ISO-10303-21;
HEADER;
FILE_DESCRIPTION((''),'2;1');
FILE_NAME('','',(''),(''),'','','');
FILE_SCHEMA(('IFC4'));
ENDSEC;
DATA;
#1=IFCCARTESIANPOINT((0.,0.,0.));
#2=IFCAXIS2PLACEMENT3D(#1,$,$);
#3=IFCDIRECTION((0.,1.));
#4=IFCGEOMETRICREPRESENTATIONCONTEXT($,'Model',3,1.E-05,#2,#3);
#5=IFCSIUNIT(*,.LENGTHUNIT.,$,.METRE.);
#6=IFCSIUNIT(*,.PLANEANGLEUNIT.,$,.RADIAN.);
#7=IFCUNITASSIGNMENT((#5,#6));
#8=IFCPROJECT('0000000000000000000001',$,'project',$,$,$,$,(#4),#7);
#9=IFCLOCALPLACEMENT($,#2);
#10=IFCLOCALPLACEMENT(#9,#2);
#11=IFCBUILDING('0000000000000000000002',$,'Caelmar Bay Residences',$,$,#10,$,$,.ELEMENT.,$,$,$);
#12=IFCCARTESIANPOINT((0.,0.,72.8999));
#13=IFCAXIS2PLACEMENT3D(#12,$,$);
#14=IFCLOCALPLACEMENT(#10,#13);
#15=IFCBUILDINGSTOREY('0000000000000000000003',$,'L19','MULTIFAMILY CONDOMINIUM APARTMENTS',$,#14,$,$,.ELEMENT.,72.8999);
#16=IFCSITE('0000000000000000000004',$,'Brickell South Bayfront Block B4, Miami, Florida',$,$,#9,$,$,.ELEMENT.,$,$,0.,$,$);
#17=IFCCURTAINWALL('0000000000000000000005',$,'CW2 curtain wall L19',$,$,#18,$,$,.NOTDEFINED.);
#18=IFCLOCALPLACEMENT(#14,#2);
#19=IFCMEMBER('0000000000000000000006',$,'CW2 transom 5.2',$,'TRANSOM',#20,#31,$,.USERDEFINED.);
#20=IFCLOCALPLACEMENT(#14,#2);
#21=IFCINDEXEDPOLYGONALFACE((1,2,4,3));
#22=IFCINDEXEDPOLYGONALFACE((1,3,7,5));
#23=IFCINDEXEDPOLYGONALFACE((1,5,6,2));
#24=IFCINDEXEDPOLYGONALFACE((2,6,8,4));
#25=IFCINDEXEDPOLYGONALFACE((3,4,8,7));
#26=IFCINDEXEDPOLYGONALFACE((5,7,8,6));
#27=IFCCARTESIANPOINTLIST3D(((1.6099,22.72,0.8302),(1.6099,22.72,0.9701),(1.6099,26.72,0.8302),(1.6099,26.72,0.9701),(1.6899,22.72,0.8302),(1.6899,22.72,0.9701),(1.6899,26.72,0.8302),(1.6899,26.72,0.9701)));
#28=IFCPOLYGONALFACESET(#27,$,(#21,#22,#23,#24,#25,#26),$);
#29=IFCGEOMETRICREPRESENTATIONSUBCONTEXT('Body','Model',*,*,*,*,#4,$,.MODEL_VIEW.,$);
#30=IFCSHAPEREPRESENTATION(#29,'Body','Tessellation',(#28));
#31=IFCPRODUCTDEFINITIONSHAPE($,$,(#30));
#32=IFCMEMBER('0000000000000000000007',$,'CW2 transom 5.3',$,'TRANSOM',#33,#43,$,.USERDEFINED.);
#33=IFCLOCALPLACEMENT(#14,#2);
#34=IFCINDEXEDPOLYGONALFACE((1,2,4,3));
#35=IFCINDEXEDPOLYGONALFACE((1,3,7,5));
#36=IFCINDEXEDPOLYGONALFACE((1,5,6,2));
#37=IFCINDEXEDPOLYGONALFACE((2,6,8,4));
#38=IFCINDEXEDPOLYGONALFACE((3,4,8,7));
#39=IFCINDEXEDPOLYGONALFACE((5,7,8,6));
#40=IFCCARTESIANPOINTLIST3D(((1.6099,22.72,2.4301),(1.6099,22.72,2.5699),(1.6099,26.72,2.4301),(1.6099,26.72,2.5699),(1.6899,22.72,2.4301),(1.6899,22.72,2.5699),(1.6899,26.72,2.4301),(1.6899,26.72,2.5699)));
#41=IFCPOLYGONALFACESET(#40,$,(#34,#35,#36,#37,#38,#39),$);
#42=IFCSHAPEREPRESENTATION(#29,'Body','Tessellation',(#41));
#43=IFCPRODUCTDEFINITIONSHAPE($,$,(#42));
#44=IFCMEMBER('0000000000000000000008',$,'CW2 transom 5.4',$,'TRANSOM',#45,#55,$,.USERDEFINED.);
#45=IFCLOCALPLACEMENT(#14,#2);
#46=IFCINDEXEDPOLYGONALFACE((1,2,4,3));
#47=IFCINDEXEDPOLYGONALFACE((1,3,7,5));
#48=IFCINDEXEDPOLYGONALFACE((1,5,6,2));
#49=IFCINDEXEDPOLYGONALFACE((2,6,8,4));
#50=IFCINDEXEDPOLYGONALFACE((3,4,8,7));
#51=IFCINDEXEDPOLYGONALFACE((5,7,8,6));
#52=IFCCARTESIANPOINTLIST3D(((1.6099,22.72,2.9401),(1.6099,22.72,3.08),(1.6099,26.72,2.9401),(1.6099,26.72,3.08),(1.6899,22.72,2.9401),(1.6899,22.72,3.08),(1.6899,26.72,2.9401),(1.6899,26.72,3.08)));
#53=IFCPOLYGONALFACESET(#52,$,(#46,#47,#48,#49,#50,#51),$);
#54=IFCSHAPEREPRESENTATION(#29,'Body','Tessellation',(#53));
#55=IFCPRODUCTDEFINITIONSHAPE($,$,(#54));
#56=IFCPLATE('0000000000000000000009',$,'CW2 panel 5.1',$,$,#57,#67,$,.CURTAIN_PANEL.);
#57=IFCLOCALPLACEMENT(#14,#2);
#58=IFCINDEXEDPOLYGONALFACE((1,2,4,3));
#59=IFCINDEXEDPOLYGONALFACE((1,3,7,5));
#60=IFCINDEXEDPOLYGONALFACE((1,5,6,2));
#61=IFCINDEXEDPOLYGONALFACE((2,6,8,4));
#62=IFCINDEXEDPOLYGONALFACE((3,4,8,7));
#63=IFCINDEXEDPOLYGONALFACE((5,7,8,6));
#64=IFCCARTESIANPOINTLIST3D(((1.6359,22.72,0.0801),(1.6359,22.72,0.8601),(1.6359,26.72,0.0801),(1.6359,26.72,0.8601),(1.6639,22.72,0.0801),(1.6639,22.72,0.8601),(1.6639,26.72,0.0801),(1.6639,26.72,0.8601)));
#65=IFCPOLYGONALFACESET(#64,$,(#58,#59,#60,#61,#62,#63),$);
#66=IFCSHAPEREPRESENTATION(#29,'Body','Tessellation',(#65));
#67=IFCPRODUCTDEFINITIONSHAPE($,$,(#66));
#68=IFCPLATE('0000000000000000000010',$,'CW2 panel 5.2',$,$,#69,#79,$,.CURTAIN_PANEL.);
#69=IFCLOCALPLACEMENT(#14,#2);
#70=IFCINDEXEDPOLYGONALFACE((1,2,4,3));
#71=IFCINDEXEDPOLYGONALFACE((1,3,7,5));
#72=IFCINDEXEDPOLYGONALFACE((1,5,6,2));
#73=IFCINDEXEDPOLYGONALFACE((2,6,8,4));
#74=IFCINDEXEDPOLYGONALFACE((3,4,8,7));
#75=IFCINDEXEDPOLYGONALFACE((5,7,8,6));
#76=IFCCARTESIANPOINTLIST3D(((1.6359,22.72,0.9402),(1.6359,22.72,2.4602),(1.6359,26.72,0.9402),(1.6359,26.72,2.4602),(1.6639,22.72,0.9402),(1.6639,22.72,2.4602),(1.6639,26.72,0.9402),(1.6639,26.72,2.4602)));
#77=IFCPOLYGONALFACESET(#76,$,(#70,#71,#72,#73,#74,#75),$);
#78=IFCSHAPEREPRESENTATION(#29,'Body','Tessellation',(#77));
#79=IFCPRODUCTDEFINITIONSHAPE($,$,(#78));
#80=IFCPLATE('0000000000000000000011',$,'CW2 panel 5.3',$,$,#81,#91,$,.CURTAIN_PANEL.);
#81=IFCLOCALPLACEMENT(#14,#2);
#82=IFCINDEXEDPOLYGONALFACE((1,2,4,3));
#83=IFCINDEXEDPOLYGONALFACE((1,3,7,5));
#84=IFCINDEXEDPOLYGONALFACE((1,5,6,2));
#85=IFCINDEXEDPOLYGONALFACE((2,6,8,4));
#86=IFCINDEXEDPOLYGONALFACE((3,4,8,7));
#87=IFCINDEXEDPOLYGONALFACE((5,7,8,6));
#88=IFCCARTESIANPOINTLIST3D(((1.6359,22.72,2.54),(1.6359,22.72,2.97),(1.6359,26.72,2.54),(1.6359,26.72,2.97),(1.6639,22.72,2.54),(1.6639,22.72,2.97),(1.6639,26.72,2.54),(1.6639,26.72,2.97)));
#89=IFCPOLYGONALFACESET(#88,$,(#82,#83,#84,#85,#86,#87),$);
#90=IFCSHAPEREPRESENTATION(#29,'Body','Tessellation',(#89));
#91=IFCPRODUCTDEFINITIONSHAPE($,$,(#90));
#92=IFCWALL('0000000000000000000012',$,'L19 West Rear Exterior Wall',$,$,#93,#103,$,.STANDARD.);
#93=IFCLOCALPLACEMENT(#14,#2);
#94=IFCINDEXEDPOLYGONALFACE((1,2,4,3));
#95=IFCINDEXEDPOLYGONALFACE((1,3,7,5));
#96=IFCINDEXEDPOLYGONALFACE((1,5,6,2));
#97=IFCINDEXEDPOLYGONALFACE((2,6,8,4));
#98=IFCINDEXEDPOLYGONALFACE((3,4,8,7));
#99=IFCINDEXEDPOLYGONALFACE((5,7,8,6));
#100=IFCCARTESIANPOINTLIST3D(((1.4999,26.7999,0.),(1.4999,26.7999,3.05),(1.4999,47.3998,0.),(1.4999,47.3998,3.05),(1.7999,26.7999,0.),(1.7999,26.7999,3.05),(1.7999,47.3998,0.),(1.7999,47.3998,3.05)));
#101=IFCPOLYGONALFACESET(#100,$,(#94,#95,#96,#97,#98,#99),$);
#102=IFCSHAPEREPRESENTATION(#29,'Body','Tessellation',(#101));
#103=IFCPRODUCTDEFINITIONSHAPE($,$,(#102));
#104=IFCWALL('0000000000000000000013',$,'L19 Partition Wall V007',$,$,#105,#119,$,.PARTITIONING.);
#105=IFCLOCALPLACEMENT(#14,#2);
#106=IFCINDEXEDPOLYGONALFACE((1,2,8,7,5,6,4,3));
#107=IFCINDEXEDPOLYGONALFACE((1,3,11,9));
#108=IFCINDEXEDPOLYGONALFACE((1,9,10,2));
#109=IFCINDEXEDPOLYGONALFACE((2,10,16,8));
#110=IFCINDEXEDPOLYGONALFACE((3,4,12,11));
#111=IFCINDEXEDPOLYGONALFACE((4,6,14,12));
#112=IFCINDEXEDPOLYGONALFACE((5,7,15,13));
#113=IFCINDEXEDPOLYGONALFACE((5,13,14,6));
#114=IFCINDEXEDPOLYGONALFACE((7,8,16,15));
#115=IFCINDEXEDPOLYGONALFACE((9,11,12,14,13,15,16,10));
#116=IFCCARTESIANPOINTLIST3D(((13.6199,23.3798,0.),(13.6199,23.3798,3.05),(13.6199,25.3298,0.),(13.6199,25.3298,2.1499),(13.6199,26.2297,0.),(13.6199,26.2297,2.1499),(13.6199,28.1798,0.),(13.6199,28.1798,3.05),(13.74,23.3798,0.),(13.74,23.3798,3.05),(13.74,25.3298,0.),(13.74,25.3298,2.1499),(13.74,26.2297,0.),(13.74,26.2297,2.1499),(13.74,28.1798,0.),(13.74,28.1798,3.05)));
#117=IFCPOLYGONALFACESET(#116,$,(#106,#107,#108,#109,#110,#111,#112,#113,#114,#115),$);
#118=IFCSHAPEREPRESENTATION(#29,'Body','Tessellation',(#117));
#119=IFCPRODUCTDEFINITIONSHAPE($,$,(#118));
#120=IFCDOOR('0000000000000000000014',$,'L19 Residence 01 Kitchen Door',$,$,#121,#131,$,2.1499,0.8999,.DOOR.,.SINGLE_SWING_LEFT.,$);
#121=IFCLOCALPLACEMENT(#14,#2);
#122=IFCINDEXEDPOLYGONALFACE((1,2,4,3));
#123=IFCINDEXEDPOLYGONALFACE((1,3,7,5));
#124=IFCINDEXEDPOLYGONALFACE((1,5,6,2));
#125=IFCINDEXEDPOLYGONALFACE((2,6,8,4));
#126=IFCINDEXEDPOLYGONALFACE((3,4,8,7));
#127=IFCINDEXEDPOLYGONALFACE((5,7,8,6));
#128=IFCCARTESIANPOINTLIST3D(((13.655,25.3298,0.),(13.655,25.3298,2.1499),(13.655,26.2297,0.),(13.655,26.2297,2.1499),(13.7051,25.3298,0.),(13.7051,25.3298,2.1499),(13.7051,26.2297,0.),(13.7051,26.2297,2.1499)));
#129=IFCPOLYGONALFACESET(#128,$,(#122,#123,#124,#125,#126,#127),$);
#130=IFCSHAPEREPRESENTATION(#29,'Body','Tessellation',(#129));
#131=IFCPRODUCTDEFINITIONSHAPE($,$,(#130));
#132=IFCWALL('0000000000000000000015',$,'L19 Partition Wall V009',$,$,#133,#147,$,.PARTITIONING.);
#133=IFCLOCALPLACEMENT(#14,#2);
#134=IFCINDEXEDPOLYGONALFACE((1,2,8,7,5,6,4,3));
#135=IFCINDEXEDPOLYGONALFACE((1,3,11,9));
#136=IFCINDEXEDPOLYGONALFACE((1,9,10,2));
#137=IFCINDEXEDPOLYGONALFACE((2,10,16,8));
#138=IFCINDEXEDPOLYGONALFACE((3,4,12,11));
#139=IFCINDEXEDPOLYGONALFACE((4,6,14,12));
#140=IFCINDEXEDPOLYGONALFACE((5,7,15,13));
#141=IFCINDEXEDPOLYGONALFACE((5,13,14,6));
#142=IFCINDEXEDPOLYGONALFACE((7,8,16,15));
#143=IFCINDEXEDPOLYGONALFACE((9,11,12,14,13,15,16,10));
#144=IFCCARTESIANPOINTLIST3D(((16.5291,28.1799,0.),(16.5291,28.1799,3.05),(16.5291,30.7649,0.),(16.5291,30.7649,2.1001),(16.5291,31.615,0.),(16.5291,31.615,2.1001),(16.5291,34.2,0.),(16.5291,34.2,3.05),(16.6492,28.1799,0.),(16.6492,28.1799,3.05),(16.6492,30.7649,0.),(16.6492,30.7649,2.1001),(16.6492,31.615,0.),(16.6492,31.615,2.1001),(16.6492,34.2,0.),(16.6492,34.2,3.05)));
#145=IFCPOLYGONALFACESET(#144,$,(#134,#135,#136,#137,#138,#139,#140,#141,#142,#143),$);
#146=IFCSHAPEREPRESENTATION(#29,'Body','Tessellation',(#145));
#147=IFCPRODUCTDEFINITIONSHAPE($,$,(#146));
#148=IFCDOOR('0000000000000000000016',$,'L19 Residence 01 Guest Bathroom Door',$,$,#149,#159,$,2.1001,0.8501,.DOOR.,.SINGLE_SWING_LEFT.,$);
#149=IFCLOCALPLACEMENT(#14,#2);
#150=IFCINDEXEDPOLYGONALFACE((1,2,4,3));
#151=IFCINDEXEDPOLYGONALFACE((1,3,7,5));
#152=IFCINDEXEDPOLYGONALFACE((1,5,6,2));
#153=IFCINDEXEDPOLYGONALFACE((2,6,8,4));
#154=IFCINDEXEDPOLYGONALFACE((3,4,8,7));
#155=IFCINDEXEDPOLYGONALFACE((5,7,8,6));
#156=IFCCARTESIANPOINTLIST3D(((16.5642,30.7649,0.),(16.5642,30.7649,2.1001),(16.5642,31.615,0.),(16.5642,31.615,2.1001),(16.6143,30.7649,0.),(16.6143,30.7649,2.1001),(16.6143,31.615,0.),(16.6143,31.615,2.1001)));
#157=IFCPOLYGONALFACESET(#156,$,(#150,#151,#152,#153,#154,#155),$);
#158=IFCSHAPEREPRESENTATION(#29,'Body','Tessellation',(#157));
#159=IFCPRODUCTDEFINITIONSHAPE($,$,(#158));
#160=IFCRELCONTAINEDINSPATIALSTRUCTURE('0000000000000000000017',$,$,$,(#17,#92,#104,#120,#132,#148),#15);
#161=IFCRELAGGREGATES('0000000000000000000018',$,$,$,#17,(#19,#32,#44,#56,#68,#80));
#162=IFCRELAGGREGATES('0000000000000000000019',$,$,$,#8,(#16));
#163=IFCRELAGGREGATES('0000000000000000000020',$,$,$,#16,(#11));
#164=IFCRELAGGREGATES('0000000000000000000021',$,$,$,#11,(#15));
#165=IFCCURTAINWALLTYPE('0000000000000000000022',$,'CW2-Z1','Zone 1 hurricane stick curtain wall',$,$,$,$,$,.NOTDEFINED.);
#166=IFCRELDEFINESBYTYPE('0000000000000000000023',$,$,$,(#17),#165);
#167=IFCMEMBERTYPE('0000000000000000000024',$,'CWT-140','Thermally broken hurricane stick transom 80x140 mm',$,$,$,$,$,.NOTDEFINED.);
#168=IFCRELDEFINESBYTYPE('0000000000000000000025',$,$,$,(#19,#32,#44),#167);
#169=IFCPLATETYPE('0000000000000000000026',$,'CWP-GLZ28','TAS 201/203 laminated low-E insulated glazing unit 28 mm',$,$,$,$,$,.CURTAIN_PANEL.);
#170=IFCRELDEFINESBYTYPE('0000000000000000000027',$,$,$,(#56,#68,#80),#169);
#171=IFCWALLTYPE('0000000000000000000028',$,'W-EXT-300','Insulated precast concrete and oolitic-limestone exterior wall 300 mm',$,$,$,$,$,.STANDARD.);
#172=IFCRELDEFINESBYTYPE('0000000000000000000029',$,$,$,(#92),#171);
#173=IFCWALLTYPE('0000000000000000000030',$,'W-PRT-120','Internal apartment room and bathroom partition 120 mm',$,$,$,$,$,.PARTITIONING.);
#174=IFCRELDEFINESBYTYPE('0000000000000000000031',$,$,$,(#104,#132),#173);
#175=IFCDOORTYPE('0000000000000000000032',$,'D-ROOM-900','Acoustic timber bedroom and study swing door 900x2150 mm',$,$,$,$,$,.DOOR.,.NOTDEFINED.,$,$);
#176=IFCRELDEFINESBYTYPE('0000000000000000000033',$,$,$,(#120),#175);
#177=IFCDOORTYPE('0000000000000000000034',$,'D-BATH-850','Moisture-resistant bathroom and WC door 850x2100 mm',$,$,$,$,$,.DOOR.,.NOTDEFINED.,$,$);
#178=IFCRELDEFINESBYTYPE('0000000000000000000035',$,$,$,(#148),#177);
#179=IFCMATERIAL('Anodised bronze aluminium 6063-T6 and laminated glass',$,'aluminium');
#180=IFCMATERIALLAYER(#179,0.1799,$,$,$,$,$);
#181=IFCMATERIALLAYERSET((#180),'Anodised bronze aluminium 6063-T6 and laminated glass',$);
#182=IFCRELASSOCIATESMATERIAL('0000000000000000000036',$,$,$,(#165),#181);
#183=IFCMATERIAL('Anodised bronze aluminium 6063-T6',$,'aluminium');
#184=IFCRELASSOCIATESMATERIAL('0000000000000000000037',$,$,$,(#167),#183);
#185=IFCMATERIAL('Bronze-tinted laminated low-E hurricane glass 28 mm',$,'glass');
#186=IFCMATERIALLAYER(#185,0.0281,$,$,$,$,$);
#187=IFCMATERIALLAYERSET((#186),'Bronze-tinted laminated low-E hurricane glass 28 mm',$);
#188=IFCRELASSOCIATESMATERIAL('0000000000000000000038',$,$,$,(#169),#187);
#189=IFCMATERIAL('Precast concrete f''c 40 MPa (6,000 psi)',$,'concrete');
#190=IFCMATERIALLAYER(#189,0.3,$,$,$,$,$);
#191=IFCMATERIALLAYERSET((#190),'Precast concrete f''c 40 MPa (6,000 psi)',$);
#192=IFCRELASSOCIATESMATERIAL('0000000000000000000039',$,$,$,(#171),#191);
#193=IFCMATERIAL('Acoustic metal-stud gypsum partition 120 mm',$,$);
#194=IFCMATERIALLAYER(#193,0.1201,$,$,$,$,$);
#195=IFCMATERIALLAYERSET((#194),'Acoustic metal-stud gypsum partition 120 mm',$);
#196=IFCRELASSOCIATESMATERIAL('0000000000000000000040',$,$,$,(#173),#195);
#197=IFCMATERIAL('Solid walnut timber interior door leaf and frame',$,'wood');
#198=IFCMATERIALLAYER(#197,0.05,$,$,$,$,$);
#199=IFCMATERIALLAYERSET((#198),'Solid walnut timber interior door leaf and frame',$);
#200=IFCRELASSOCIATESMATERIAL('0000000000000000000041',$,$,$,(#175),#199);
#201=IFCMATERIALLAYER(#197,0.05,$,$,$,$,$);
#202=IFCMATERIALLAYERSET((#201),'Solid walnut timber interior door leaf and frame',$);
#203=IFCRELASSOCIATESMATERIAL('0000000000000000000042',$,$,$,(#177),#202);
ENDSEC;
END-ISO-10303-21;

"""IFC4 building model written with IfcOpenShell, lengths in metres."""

from ifc_helpers import new_model, si_unit, direction, frame, frame_2d, origin, origin_2d, place, context, subcontext, project, spatial, rectangle, extrude, material, layer, layer_set, material_profile, profile_set, type_object, element, fill, aggregate, save


model = new_model("IFC4")

# Units and contexts
model_context = context("Model", 3, precision=1e-05, world=origin(), true_north=direction((0.0, 1.0)))
body_context = subcontext(model_context, "Body", "Model", "MODEL_VIEW")
ifc_project = project(units=[si_unit("LENGTHUNIT", "METRE"), si_unit("PLANEANGLEUNIT", "RADIAN")], contexts=[model_context])

# Site, building, storey
site_placement = place(None, origin())
site = spatial("IfcSite", under=ifc_project, at=site_placement, Name="Brickell South Bayfront Block B4, Miami, Florida", CompositionType="ELEMENT", RefElevation=0.0)
building_placement = place(site_placement, origin())
building = spatial("IfcBuilding", under=site, at=building_placement, Name="Caelmar Bay Residences", CompositionType="ELEMENT")
storey_placement = place(building_placement, frame((0.0, 0.0, 72.8999)))
storey = spatial("IfcBuildingStorey", under=building, at=storey_placement, Name="L19", Description="MULTIFAMILY CONDOMINIUM APARTMENTS", CompositionType="ELEMENT", Elevation=72.8999)

# Curtain wall, members, plates
ifc_material_1 = material(Name="Anodised bronze aluminium 6063-T6 and laminated glass", Category="aluminium")
ifc_layer_1 = layer(ifc_material_1, 0.1799)
ifc_layer_set_1 = layer_set([ifc_layer_1], Name="Anodised bronze aluminium 6063-T6 and laminated glass")
curtain_wall_type = type_object("IfcCurtainWallType", Name="CW2-Z1", Description="Zone 1 hurricane stick curtain wall", PredefinedType="NOTDEFINED", material=ifc_layer_set_1)
curtain_wall_placement = place(storey_placement, origin())
curtain_wall = element("IfcCurtainWall", 1, at=curtain_wall_placement, inside=storey, type_object=curtain_wall_type, Name="CW2 curtain wall L19", PredefinedType="NOTDEFINED")
ifc_material_2 = material(Name="Anodised bronze aluminium 6063-T6", Category="aluminium")
ifc_material_profile_1 = material_profile(ifc_material_2, rectangle(XDim=0.0801, YDim=0.1399, at=origin_2d()), Name="CWT-80X140")
ifc_profile_set_1 = profile_set([ifc_material_profile_1], Name="Anodised bronze aluminium 6063-T6")
member_type_1 = type_object("IfcMemberType", Name="CWT-140", Description="Thermally broken hurricane stick transom 80x140 mm", PredefinedType="NOTDEFINED", material=ifc_profile_set_1)
member_1_placement = place(storey_placement, frame((1.6499, 22.72, 0.9001), z_axis=(0.0, 1.0, 0.0), x_axis=(-1.0, 0.0, 0.0)))
member_1 = element("IfcMember", 2, at=member_1_placement, type_object=member_type_1, Name="CW2 transom 5.2", ObjectType="TRANSOM", PredefinedType="USERDEFINED", context=body_context, shape_type="SweptSolid", body=[
    extrude(rectangle(XDim=0.0801, YDim=0.1399, at=origin_2d()), origin(), (0.0, 0.0, 1.0), 4.0),
])
member_2_placement = place(storey_placement, frame((1.6499, 22.72, 2.5), z_axis=(0.0, 1.0, 0.0), x_axis=(-1.0, 0.0, 0.0)))
member_2 = element("IfcMember", 3, at=member_2_placement, type_object=member_type_1, Name="CW2 transom 5.3", ObjectType="TRANSOM", PredefinedType="USERDEFINED", context=body_context, shape_type="SweptSolid", body=[
    extrude(rectangle(XDim=0.0801, YDim=0.1399, at=origin_2d()), origin(), (0.0, 0.0, 1.0), 4.0),
])
member_3_placement = place(storey_placement, frame((1.6499, 22.72, 3.01), z_axis=(0.0, 1.0, 0.0), x_axis=(-1.0, 0.0, 0.0)))
member_3 = element("IfcMember", 4, at=member_3_placement, type_object=member_type_1, Name="CW2 transom 5.4", ObjectType="TRANSOM", PredefinedType="USERDEFINED", context=body_context, shape_type="SweptSolid", body=[
    extrude(rectangle(XDim=0.0801, YDim=0.1399, at=origin_2d()), origin(), (0.0, 0.0, 1.0), 4.0),
])
ifc_material_3 = material(Name="Bronze-tinted laminated low-E hurricane glass 28 mm", Category="glass")
ifc_layer_2 = layer(ifc_material_3, 0.0281)
ifc_layer_set_2 = layer_set([ifc_layer_2], Name="Bronze-tinted laminated low-E hurricane glass 28 mm")
plate_type = type_object("IfcPlateType", Name="CWP-GLZ28", Description="TAS 201/203 laminated low-E insulated glazing unit 28 mm", PredefinedType="CURTAIN_PANEL", material=ifc_layer_set_2)
plate_1_placement = place(storey_placement, frame((1.6499, 24.72, 0.0801), z_axis=(0.0, 0.0, 1.0), x_axis=(0.0, 1.0, 0.0)))
plate_1 = element("IfcPlate", 5, at=plate_1_placement, type_object=plate_type, Name="CW2 panel 5.1", PredefinedType="CURTAIN_PANEL", context=body_context, shape_type="SweptSolid", body=[
    extrude(rectangle(XDim=4.0, YDim=0.0281, at=origin_2d()), origin(), (0.0, 0.0, 1.0), 0.78),
])
plate_2_placement = place(storey_placement, frame((1.6499, 24.72, 0.9402), z_axis=(0.0, 0.0, 1.0), x_axis=(0.0, 1.0, 0.0)))
plate_2 = element("IfcPlate", 6, at=plate_2_placement, type_object=plate_type, Name="CW2 panel 5.2", PredefinedType="CURTAIN_PANEL", context=body_context, shape_type="SweptSolid", body=[
    extrude(rectangle(XDim=4.0, YDim=0.0281, at=origin_2d()), origin(), (0.0, 0.0, 1.0), 1.52),
])
plate_3_placement = place(storey_placement, frame((1.6499, 24.72, 2.54), z_axis=(0.0, 0.0, 1.0), x_axis=(0.0, 1.0, 0.0)))
plate_3 = element("IfcPlate", 7, at=plate_3_placement, type_object=plate_type, Name="CW2 panel 5.3", PredefinedType="CURTAIN_PANEL", context=body_context, shape_type="SweptSolid", body=[
    extrude(rectangle(XDim=4.0, YDim=0.0281, at=origin_2d()), origin(), (0.0, 0.0, 1.0), 0.4299),
])
aggregate(curtain_wall, [member_1, member_2, member_3, plate_1, plate_2, plate_3])

# Wall
ifc_material_4 = material(Name="Precast concrete f'c 40 MPa (6,000 psi)", Category="concrete")
ifc_layer_3 = layer(ifc_material_4, 0.3)
ifc_layer_set_3 = layer_set([ifc_layer_3], Name="Precast concrete f'c 40 MPa (6,000 psi)")
wall_type_1 = type_object("IfcWallType", Name="W-EXT-300", Description="Insulated precast concrete and oolitic-limestone exterior wall 300 mm", PredefinedType="STANDARD", material=ifc_layer_set_3)
wall_1_placement = place(storey_placement, frame((1.6499, 26.8, 0.0), z_axis=(0.0, 0.0, 1.0), x_axis=(0.0, 1.0, 0.0)))
element("IfcWall", 8, at=wall_1_placement, inside=storey, type_object=wall_type_1, Name="L19 West Rear Exterior Wall", PredefinedType="STANDARD", context=body_context, shape_type="SweptSolid", body=[
    extrude(rectangle(XDim=20.5999, YDim=0.3, at=frame_2d((10.2998, 0.0))), origin(), (0.0, 0.0, 1.0), 3.05),
])

# Walls, openings, doors
ifc_material_5 = material(Name="Acoustic metal-stud gypsum partition 120 mm")
ifc_layer_4 = layer(ifc_material_5, 0.1201)
ifc_layer_set_4 = layer_set([ifc_layer_4], Name="Acoustic metal-stud gypsum partition 120 mm")
wall_type_2 = type_object("IfcWallType", Name="W-PRT-120", Description="Internal apartment room and bathroom partition 120 mm", PredefinedType="PARTITIONING", material=ifc_layer_set_4)
wall_2_placement = place(storey_placement, frame((13.6799, 23.3799, 0.0), z_axis=(0.0, 0.0, 1.0), x_axis=(0.0, 1.0, 0.0)))
wall_2 = element("IfcWall", 9, at=wall_2_placement, inside=storey, type_object=wall_type_2, Name="L19 Partition Wall V007", PredefinedType="PARTITIONING", context=body_context, shape_type="SweptSolid", body=[
    extrude(rectangle(XDim=4.8, YDim=0.1201, at=frame_2d((2.3999, 0.0))), origin(), (0.0, 0.0, 1.0), 3.05),
])
opening_1_placement = place(wall_2_placement, frame((1.95, 0.0, 0.0)))
opening_1 = element("IfcOpeningElement", 10, at=opening_1_placement, cuts=wall_2, PredefinedType="OPENING", context=body_context, shape_type="SweptSolid", body=[
    extrude(rectangle(XDim=0.8999, YDim=2.1499, at=frame_2d((0.45, 1.075))), frame((0.0, 0.0701, 0.0), z_axis=(0.0, -1.0, 0.0), x_axis=(1.0, 0.0, 0.0)), (0.0, 0.0, 1.0), 0.1401),
])
ifc_material_6 = material(Name="Solid walnut timber interior door leaf and frame", Category="wood")
ifc_layer_5 = layer(ifc_material_6, 0.05)
ifc_layer_set_5 = layer_set([ifc_layer_5], Name="Solid walnut timber interior door leaf and frame")
door_type_1 = type_object("IfcDoorType", Name="D-ROOM-900", Description="Acoustic timber bedroom and study swing door 900x2150 mm", OperationType="NOTDEFINED", PredefinedType="DOOR", material=ifc_layer_set_5)
door_1_placement = place(opening_1_placement, origin())
door_1 = element("IfcDoor", 11, at=door_1_placement, inside=storey, type_object=door_type_1, Name="L19 Residence 01 Kitchen Door", OperationType="SINGLE_SWING_LEFT", OverallHeight=2.1499, OverallWidth=0.8999, PredefinedType="DOOR", context=body_context, shape_type="SweptSolid", body=[
    extrude(rectangle(XDim=0.8999, YDim=2.1499, at=frame_2d((0.45, 1.075))), frame((0.0, 0.0249, 0.0), z_axis=(0.0, -1.0, 0.0), x_axis=(1.0, 0.0, 0.0)), (0.0, 0.0, 1.0), 0.05),
])
fill(opening_1, door_1)
wall_3_placement = place(storey_placement, frame((16.5891, 28.1799, 0.0), z_axis=(0.0, 0.0, 1.0), x_axis=(0.0, 1.0, 0.0)))
wall_3 = element("IfcWall", 12, at=wall_3_placement, inside=storey, type_object=wall_type_2, Name="L19 Partition Wall V009", PredefinedType="PARTITIONING", context=body_context, shape_type="SweptSolid", body=[
    extrude(rectangle(XDim=6.02, YDim=0.1201, at=frame_2d((3.01, 0.0))), origin(), (0.0, 0.0, 1.0), 3.05),
])
opening_2_placement = place(wall_3_placement, frame((2.585, 0.0, 0.0)))
opening_2 = element("IfcOpeningElement", 13, at=opening_2_placement, cuts=wall_3, PredefinedType="OPENING", context=body_context, shape_type="SweptSolid", body=[
    extrude(rectangle(XDim=0.8501, YDim=2.1001, at=frame_2d((0.425, 1.05))), frame((0.0, 0.0701, 0.0), z_axis=(0.0, -1.0, 0.0), x_axis=(1.0, 0.0, 0.0)), (0.0, 0.0, 1.0), 0.1401),
])
ifc_layer_6 = layer(ifc_material_6, 0.05)
ifc_layer_set_6 = layer_set([ifc_layer_6], Name="Solid walnut timber interior door leaf and frame")
door_type_2 = type_object("IfcDoorType", Name="D-BATH-850", Description="Moisture-resistant bathroom and WC door 850x2100 mm", OperationType="NOTDEFINED", PredefinedType="DOOR", material=ifc_layer_set_6)
door_2_placement = place(opening_2_placement, origin())
door_2 = element("IfcDoor", 14, at=door_2_placement, inside=storey, type_object=door_type_2, Name="L19 Residence 01 Guest Bathroom Door", OperationType="SINGLE_SWING_LEFT", OverallHeight=2.1001, OverallWidth=0.8501, PredefinedType="DOOR", context=body_context, shape_type="SweptSolid", body=[
    extrude(rectangle(XDim=0.8501, YDim=2.1001, at=frame_2d((0.425, 1.05))), frame((0.0, 0.0249, 0.0), z_axis=(0.0, -1.0, 0.0), x_axis=(1.0, 0.0, 0.0)), (0.0, 0.0, 1.0), 0.05),
])
fill(opening_2, door_2)

save(model, "model.ifc")
